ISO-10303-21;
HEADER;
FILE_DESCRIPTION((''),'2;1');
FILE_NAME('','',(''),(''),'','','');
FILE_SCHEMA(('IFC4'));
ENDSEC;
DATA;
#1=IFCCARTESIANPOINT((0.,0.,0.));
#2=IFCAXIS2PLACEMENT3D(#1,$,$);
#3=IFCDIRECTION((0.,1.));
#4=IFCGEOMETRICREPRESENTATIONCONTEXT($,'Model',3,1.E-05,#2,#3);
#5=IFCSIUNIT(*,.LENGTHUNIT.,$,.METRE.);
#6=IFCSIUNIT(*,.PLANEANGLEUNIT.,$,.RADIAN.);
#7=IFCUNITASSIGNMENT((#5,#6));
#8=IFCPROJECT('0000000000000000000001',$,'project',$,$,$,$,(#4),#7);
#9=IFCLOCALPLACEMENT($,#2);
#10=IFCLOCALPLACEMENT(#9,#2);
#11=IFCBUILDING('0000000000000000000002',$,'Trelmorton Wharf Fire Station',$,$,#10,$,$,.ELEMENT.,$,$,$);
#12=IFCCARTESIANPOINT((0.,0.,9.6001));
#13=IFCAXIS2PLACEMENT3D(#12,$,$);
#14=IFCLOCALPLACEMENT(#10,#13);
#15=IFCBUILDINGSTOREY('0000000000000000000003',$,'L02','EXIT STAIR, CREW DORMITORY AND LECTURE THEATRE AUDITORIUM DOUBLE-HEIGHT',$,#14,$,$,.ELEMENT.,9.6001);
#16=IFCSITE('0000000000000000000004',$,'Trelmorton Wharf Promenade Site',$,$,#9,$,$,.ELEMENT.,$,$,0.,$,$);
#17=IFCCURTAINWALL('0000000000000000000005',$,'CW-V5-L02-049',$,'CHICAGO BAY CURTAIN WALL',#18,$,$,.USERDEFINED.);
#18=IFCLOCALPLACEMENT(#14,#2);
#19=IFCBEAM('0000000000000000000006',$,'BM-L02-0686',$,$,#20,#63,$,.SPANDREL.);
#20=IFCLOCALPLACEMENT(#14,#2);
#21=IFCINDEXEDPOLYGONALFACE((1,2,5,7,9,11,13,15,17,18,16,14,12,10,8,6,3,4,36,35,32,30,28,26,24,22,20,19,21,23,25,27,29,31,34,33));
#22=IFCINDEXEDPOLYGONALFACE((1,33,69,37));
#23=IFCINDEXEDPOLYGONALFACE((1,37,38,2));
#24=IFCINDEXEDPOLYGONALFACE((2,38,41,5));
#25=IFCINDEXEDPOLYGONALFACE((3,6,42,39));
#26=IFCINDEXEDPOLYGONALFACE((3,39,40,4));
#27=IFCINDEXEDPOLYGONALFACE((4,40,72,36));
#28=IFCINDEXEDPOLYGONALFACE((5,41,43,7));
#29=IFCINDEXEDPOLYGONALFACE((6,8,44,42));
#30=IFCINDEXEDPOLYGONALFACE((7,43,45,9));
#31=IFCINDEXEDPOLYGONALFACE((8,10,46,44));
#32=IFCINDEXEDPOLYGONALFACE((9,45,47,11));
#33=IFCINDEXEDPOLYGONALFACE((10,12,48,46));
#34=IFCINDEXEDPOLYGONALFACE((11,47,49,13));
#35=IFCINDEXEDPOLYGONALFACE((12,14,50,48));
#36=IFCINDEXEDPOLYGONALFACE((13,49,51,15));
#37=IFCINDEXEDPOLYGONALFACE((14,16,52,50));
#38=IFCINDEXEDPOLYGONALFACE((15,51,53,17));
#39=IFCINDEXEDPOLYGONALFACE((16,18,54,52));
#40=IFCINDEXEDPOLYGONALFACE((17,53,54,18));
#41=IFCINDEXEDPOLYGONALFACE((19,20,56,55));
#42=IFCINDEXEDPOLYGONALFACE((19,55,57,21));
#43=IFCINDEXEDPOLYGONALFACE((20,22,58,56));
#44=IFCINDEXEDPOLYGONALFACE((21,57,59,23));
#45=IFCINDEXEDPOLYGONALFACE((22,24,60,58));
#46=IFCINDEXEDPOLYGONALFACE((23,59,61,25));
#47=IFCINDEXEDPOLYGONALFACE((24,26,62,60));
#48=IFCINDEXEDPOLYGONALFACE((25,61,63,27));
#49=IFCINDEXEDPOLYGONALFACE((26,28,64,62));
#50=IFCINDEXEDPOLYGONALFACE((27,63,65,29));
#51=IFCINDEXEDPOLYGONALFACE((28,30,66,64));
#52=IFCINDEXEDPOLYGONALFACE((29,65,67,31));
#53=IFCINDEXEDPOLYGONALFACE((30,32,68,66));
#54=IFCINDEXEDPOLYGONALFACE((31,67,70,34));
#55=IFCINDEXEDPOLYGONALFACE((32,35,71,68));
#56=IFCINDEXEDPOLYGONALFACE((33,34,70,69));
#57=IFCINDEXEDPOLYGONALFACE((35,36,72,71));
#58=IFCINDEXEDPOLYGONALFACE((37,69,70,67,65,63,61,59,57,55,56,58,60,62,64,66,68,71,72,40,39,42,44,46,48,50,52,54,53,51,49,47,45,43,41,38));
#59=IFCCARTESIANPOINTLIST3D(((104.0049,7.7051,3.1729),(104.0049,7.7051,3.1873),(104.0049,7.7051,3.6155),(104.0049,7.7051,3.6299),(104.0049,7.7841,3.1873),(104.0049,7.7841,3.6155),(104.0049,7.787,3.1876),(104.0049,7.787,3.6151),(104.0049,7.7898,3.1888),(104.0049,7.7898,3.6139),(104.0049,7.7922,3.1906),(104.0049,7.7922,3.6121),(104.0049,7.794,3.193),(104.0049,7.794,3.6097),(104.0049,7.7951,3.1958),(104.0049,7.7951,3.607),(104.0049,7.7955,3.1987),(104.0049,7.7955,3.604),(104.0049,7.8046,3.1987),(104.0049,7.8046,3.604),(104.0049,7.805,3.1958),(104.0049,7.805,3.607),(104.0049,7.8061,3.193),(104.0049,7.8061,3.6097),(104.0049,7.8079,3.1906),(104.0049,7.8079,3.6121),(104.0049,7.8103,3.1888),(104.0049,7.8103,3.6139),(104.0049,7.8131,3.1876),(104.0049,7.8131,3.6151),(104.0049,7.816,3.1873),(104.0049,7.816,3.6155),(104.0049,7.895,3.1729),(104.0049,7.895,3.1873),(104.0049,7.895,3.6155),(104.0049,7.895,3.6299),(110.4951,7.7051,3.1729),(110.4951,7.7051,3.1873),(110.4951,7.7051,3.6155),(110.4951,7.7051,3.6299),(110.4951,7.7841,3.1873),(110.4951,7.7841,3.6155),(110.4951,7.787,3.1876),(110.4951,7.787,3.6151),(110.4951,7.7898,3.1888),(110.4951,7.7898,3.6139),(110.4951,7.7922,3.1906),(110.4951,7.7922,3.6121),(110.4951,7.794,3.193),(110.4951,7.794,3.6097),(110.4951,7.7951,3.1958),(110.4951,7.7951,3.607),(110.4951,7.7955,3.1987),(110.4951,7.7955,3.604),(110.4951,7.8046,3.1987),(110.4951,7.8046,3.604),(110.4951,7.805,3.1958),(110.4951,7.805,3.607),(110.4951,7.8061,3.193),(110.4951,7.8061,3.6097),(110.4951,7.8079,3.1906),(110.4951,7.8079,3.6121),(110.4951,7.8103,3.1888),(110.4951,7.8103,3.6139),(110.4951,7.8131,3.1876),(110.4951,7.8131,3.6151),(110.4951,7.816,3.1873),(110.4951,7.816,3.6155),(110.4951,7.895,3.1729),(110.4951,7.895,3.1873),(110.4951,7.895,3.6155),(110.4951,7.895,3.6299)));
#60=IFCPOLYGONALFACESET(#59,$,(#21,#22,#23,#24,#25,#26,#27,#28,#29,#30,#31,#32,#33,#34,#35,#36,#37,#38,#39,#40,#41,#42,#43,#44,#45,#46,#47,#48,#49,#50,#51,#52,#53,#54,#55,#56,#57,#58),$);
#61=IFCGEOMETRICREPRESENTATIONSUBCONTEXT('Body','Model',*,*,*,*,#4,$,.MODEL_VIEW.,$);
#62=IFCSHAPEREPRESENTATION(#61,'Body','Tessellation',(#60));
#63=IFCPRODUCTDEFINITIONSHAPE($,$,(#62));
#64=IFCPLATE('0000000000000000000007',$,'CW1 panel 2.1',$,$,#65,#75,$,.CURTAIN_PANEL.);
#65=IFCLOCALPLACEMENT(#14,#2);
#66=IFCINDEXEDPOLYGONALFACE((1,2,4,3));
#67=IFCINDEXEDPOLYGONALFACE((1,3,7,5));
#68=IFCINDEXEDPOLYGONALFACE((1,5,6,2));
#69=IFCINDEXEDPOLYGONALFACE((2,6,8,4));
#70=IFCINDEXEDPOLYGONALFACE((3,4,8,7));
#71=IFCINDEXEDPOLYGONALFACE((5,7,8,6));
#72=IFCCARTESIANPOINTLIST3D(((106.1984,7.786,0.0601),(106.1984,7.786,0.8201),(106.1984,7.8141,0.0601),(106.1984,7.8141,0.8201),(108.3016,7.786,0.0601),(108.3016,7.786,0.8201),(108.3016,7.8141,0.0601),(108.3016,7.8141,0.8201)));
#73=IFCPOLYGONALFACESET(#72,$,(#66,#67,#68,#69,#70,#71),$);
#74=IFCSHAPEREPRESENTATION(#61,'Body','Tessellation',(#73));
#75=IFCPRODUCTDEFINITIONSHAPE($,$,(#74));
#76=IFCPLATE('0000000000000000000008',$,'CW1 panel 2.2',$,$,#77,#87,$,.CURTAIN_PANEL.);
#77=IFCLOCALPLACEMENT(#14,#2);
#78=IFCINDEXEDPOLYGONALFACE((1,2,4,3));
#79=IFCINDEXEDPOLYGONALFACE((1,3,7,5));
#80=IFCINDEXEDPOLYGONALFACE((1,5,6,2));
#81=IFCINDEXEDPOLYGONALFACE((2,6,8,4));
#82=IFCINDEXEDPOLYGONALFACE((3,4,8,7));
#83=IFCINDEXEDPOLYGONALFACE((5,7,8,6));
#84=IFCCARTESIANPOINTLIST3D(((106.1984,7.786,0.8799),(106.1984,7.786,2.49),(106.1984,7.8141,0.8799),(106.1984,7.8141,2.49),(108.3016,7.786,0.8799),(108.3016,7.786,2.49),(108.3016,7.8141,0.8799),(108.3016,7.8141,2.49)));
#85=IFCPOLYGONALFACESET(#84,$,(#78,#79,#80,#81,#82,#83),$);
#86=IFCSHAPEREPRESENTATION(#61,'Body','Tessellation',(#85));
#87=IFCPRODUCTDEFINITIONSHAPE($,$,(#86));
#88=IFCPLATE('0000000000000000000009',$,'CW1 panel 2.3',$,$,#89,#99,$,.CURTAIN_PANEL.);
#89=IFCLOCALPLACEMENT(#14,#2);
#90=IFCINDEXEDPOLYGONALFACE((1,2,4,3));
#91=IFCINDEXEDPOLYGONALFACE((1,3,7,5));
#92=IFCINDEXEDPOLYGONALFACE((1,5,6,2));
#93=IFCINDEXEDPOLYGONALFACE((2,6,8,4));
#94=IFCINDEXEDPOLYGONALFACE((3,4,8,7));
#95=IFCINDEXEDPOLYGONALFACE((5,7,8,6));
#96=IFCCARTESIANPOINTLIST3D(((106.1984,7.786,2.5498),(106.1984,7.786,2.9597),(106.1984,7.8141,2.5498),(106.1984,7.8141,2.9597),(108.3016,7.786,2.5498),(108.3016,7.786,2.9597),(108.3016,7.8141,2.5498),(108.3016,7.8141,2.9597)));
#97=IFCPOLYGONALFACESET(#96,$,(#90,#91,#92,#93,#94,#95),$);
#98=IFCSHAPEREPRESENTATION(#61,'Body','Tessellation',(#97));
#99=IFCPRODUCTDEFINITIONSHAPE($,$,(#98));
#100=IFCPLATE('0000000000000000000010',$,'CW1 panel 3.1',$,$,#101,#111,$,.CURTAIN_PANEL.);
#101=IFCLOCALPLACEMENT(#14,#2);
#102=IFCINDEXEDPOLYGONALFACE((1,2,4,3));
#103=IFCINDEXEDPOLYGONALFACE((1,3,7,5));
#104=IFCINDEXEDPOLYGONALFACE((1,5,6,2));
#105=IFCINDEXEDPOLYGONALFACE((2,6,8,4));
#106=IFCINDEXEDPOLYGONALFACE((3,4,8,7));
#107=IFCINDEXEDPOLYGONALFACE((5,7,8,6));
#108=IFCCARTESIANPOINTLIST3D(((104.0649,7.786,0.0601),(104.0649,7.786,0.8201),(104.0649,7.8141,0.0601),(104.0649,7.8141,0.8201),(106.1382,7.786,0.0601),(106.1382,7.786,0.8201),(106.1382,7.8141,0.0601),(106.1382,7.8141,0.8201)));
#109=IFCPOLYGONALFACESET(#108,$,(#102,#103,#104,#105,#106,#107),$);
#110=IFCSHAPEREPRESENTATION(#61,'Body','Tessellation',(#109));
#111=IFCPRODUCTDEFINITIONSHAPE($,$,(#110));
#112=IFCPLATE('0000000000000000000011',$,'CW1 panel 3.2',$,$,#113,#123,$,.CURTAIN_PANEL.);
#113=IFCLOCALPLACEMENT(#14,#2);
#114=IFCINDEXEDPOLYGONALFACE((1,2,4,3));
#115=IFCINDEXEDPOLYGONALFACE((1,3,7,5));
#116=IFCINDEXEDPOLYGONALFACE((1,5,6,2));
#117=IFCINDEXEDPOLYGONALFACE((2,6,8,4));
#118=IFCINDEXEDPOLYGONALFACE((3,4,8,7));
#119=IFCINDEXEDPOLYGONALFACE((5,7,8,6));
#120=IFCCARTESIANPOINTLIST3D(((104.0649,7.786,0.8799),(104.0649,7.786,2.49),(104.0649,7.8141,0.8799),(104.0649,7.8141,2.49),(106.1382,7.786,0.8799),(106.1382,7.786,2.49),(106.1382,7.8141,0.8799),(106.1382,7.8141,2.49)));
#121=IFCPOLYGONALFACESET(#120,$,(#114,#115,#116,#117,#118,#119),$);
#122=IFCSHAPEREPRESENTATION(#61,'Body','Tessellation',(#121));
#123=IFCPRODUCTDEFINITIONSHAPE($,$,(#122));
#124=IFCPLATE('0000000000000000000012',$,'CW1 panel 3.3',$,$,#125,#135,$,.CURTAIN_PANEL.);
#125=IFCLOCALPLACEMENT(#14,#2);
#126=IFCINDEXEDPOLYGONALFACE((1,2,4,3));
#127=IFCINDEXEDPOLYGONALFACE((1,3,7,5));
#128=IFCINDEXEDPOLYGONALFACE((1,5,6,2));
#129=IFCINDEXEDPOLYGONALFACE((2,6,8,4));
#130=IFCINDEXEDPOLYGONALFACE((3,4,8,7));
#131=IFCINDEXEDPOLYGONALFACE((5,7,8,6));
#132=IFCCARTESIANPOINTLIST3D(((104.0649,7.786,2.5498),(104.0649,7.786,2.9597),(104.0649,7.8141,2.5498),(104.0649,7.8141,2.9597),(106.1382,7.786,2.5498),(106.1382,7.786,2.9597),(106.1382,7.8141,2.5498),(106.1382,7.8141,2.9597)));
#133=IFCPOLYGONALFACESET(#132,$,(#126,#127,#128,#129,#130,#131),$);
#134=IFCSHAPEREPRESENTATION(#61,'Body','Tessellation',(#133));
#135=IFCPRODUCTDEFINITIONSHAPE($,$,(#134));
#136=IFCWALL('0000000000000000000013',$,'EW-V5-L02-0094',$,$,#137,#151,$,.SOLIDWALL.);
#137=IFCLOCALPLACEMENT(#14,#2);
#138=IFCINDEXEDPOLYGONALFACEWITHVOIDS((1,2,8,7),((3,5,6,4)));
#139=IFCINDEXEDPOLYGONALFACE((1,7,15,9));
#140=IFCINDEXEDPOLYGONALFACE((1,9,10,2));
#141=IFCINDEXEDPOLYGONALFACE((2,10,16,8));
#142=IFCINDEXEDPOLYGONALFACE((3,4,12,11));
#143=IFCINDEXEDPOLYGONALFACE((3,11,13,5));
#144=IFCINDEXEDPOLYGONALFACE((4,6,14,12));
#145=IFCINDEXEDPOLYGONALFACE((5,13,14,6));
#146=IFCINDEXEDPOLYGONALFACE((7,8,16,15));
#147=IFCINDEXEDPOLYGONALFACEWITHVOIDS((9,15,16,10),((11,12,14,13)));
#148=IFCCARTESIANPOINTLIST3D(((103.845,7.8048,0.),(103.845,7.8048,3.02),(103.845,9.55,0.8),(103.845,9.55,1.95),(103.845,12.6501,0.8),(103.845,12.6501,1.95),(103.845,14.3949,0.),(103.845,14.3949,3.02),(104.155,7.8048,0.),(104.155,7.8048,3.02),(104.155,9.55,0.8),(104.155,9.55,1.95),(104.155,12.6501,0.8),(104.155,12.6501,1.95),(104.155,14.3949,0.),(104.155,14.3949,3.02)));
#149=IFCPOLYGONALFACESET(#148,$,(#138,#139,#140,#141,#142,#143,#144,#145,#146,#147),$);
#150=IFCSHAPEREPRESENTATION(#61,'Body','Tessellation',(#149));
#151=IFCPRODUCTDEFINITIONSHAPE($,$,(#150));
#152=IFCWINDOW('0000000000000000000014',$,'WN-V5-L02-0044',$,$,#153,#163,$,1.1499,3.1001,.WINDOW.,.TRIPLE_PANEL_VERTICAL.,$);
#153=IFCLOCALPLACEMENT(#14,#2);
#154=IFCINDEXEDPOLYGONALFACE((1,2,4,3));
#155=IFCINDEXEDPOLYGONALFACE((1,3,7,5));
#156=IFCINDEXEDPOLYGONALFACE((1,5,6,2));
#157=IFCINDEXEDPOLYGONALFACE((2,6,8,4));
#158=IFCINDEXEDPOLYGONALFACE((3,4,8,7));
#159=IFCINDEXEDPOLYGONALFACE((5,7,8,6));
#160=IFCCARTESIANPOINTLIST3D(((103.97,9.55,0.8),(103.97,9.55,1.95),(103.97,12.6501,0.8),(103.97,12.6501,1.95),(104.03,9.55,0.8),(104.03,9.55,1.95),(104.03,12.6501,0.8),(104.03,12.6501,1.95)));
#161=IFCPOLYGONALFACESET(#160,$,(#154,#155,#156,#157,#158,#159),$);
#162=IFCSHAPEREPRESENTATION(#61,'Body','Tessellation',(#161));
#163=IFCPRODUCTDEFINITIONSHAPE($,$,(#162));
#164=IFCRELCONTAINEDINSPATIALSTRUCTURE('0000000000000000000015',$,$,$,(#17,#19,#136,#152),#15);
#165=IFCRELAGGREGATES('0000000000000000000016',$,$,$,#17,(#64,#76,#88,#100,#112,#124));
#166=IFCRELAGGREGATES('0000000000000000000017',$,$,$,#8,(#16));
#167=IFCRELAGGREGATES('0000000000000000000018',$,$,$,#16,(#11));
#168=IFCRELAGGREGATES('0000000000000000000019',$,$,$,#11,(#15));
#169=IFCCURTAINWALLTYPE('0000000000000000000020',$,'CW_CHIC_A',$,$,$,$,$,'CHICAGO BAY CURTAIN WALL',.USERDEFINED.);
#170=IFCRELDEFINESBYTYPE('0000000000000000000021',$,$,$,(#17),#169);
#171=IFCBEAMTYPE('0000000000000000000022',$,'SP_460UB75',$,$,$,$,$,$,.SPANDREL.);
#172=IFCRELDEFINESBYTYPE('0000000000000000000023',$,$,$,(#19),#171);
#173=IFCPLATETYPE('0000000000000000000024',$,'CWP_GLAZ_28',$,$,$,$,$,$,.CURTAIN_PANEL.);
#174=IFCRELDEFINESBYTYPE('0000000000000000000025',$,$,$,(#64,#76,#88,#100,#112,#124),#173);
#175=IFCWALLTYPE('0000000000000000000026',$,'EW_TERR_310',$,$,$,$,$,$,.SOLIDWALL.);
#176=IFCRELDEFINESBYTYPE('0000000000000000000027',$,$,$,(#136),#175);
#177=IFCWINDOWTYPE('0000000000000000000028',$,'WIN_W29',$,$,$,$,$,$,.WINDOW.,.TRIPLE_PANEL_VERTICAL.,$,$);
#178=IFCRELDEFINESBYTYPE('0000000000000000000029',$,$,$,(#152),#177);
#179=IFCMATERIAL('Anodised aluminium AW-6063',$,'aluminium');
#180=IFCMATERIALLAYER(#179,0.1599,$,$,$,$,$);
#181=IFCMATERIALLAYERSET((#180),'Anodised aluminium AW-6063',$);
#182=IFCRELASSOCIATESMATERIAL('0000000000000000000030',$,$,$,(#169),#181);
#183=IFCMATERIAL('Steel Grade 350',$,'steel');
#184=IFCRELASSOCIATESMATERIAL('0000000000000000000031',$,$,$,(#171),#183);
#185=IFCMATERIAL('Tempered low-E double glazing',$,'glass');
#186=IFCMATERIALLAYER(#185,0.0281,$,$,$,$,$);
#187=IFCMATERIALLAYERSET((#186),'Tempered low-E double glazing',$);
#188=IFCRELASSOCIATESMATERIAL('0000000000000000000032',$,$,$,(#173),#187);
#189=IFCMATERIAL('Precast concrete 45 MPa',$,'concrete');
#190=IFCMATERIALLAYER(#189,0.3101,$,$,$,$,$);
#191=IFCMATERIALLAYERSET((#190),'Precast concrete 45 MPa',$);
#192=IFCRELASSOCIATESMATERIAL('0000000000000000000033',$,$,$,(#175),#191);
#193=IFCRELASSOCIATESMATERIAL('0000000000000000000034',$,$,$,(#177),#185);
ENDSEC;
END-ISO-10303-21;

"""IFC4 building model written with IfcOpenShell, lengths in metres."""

from ifc_helpers import new_model, si_unit, direction, frame, frame_2d, origin, origin_2d, place, context, subcontext, project, spatial, rectangle, i_section, extrude, material, layer, layer_set, material_profile, profile_set, type_object, element, fill, aggregate, save


model = new_model("IFC4")

# Units and contexts
model_context = context("Model", 3, precision=1e-05, world=origin(), true_north=direction((0.0, 1.0)))
body_context = subcontext(model_context, "Body", "Model", "MODEL_VIEW")
ifc_project = project(units=[si_unit("LENGTHUNIT", "METRE"), si_unit("PLANEANGLEUNIT", "RADIAN")], contexts=[model_context])

# Site, building, storey
site_placement = place(None, origin())
site = spatial("IfcSite", under=ifc_project, at=site_placement, Name="Trelmorton Wharf Promenade Site", CompositionType="ELEMENT", RefElevation=0.0)
building_placement = place(site_placement, origin())
building = spatial("IfcBuilding", under=site, at=building_placement, Name="Trelmorton Wharf Fire Station", CompositionType="ELEMENT")
storey_placement = place(building_placement, frame((0.0, 0.0, 9.6001)))
storey = spatial("IfcBuildingStorey", under=building, at=storey_placement, Name="L02", Description="EXIT STAIR, CREW DORMITORY AND LECTURE THEATRE AUDITORIUM DOUBLE-HEIGHT", CompositionType="ELEMENT", Elevation=9.6001)

# Shared definitions
ifc_material_1 = material(Name="Steel Grade 350", Category="steel")

# Curtain wall
ifc_material_2 = material(Name="Anodised aluminium AW-6063", Category="aluminium")
ifc_layer_1 = layer(ifc_material_2, 0.1599)
ifc_layer_set_1 = layer_set([ifc_layer_1], Name="Anodised aluminium AW-6063")
curtain_wall_type = type_object("IfcCurtainWallType", Name="CW_CHIC_A", ElementType="CHICAGO BAY CURTAIN WALL", PredefinedType="USERDEFINED", material=ifc_layer_set_1)
curtain_wall_placement = place(storey_placement, origin())
curtain_wall = element("IfcCurtainWall", 1, at=curtain_wall_placement, inside=storey, type_object=curtain_wall_type, Name="CW-V5-L02-049", ObjectType="CHICAGO BAY CURTAIN WALL", PredefinedType="USERDEFINED")

# Beam
ifc_material_profile_1 = material_profile(ifc_material_1, i_section(OverallWidth=0.1899, OverallDepth=0.457, WebThickness=0.009, FlangeThickness=0.0144, FilletRadius=0.0115, at=origin_2d()), Name="460UB74.6")
ifc_profile_set_1 = profile_set([ifc_material_profile_1], Name="Steel Grade 350")
beam_type_1 = type_object("IfcBeamType", Name="SP_460UB75", PredefinedType="SPANDREL", material=ifc_profile_set_1)
beam_1_placement = place(storey_placement, frame((104.0049, 7.8, 3.4014), z_axis=(1.0, 0.0, 0.0), x_axis=(0.0, 1.0, 0.0)))
element("IfcBeam", 2, at=beam_1_placement, inside=storey, type_object=beam_type_1, Name="BM-L02-0686", PredefinedType="SPANDREL", context=body_context, shape_type="SweptSolid", body=[
    extrude(i_section(OverallWidth=0.1899, OverallDepth=0.457, WebThickness=0.009, FlangeThickness=0.0144, FilletRadius=0.0115, at=origin_2d()), origin(), (0.0, 0.0, 1.0), 6.4902),
])

# Plates
ifc_material_3 = material(Name="Tempered low-E double glazing", Category="glass")
ifc_layer_2 = layer(ifc_material_3, 0.0281)
ifc_layer_set_2 = layer_set([ifc_layer_2], Name="Tempered low-E double glazing")
plate_type = type_object("IfcPlateType", Name="CWP_GLAZ_28", PredefinedType="CURTAIN_PANEL", material=ifc_layer_set_2)
plate_1_placement = place(storey_placement, frame((107.25, 7.8, 0.0601), z_axis=(0.0, 0.0, 1.0), x_axis=(-1.0, 0.0, 0.0)))
plate_1 = element("IfcPlate", 3, at=plate_1_placement, type_object=plate_type, Name="CW1 panel 2.1", PredefinedType="CURTAIN_PANEL", context=body_context, shape_type="SweptSolid", body=[
    extrude(rectangle(XDim=2.1033, YDim=0.0281, at=origin_2d()), origin(), (0.0, 0.0, 1.0), 0.76),
])
plate_2_placement = place(storey_placement, frame((107.25, 7.8, 0.8799), z_axis=(0.0, 0.0, 1.0), x_axis=(-1.0, 0.0, 0.0)))
plate_2 = element("IfcPlate", 4, at=plate_2_placement, type_object=plate_type, Name="CW1 panel 2.2", PredefinedType="CURTAIN_PANEL", context=body_context, shape_type="SweptSolid", body=[
    extrude(rectangle(XDim=2.1033, YDim=0.0281, at=origin_2d()), origin(), (0.0, 0.0, 1.0), 1.6101),
])
plate_3_placement = place(storey_placement, frame((107.25, 7.8, 2.5498), z_axis=(0.0, 0.0, 1.0), x_axis=(-1.0, 0.0, 0.0)))
plate_3 = element("IfcPlate", 5, at=plate_3_placement, type_object=plate_type, Name="CW1 panel 2.3", PredefinedType="CURTAIN_PANEL", context=body_context, shape_type="SweptSolid", body=[
    extrude(rectangle(XDim=2.1033, YDim=0.0281, at=origin_2d()), origin(), (0.0, 0.0, 1.0), 0.4099),
])
plate_4_placement = place(storey_placement, frame((105.1016, 7.8, 0.0601), z_axis=(0.0, 0.0, 1.0), x_axis=(-1.0, 0.0, 0.0)))
plate_4 = element("IfcPlate", 6, at=plate_4_placement, type_object=plate_type, Name="CW1 panel 3.1", PredefinedType="CURTAIN_PANEL", context=body_context, shape_type="SweptSolid", body=[
    extrude(rectangle(XDim=2.0732, YDim=0.0281, at=origin_2d()), origin(), (0.0, 0.0, 1.0), 0.76),
])
plate_5_placement = place(storey_placement, frame((105.1016, 7.8, 0.8799), z_axis=(0.0, 0.0, 1.0), x_axis=(-1.0, 0.0, 0.0)))
plate_5 = element("IfcPlate", 7, at=plate_5_placement, type_object=plate_type, Name="CW1 panel 3.2", PredefinedType="CURTAIN_PANEL", context=body_context, shape_type="SweptSolid", body=[
    extrude(rectangle(XDim=2.0732, YDim=0.0281, at=origin_2d()), origin(), (0.0, 0.0, 1.0), 1.6101),
])
plate_6_placement = place(storey_placement, frame((105.1016, 7.8, 2.5498), z_axis=(0.0, 0.0, 1.0), x_axis=(-1.0, 0.0, 0.0)))
plate_6 = element("IfcPlate", 8, at=plate_6_placement, type_object=plate_type, Name="CW1 panel 3.3", PredefinedType="CURTAIN_PANEL", context=body_context, shape_type="SweptSolid", body=[
    extrude(rectangle(XDim=2.0732, YDim=0.0281, at=origin_2d()), origin(), (0.0, 0.0, 1.0), 0.4099),
])
aggregate(curtain_wall, [plate_1, plate_2, plate_3, plate_4, plate_5, plate_6])

# Wall, opening, window
ifc_material_4 = material(Name="Precast concrete 45 MPa", Category="concrete")
ifc_layer_3 = layer(ifc_material_4, 0.3101)
ifc_layer_set_3 = layer_set([ifc_layer_3], Name="Precast concrete 45 MPa")
wall_type_1 = type_object("IfcWallType", Name="EW_TERR_310", PredefinedType="SOLIDWALL", material=ifc_layer_set_3)
wall_1_placement = place(storey_placement, frame((104.0, 7.8049, 0.0), z_axis=(0.0, 0.0, 1.0), x_axis=(0.0, 1.0, 0.0)))
wall_1 = element("IfcWall", 9, at=wall_1_placement, inside=storey, type_object=wall_type_1, Name="EW-V5-L02-0094", PredefinedType="SOLIDWALL", context=body_context, shape_type="SweptSolid", body=[
    extrude(rectangle(XDim=6.5901, YDim=0.3101, at=frame_2d((3.2949, 0.0))), origin(), (0.0, 0.0, 1.0), 3.02),
])
opening_1_placement = place(wall_1_placement, frame((1.7451, 0.0, 0.8)))
opening_1 = element("IfcOpeningElement", 10, at=opening_1_placement, cuts=wall_1, PredefinedType="OPENING", context=body_context, shape_type="SweptSolid", body=[
    extrude(rectangle(XDim=3.1001, YDim=1.1499, at=frame_2d((1.55, 0.575))), frame((0.0, 0.165, 0.0), z_axis=(0.0, -1.0, 0.0), x_axis=(1.0, 0.0, 0.0)), (0.0, 0.0, 1.0), 0.3301),
])
window_type_1 = type_object("IfcWindowType", Name="WIN_W29", PartitioningType="TRIPLE_PANEL_VERTICAL", PredefinedType="WINDOW", material=ifc_material_3)
window_1_placement = place(opening_1_placement, origin())
window_1 = element("IfcWindow", 11, at=window_1_placement, inside=storey, type_object=window_type_1, Name="WN-V5-L02-0044", OverallHeight=1.1499, OverallWidth=3.1001, PartitioningType="TRIPLE_PANEL_VERTICAL", PredefinedType="WINDOW", context=body_context, shape_type="SweptSolid", body=[
    extrude(rectangle(XDim=3.1001, YDim=1.1499, at=frame_2d((1.55, 0.575))), frame((0.0, 0.03, 0.0), z_axis=(0.0, -1.0, 0.0), x_axis=(1.0, 0.0, 0.0)), (0.0, 0.0, 1.0), 0.0601),
])
fill(opening_1, window_1)

save(model, "model.ifc")
